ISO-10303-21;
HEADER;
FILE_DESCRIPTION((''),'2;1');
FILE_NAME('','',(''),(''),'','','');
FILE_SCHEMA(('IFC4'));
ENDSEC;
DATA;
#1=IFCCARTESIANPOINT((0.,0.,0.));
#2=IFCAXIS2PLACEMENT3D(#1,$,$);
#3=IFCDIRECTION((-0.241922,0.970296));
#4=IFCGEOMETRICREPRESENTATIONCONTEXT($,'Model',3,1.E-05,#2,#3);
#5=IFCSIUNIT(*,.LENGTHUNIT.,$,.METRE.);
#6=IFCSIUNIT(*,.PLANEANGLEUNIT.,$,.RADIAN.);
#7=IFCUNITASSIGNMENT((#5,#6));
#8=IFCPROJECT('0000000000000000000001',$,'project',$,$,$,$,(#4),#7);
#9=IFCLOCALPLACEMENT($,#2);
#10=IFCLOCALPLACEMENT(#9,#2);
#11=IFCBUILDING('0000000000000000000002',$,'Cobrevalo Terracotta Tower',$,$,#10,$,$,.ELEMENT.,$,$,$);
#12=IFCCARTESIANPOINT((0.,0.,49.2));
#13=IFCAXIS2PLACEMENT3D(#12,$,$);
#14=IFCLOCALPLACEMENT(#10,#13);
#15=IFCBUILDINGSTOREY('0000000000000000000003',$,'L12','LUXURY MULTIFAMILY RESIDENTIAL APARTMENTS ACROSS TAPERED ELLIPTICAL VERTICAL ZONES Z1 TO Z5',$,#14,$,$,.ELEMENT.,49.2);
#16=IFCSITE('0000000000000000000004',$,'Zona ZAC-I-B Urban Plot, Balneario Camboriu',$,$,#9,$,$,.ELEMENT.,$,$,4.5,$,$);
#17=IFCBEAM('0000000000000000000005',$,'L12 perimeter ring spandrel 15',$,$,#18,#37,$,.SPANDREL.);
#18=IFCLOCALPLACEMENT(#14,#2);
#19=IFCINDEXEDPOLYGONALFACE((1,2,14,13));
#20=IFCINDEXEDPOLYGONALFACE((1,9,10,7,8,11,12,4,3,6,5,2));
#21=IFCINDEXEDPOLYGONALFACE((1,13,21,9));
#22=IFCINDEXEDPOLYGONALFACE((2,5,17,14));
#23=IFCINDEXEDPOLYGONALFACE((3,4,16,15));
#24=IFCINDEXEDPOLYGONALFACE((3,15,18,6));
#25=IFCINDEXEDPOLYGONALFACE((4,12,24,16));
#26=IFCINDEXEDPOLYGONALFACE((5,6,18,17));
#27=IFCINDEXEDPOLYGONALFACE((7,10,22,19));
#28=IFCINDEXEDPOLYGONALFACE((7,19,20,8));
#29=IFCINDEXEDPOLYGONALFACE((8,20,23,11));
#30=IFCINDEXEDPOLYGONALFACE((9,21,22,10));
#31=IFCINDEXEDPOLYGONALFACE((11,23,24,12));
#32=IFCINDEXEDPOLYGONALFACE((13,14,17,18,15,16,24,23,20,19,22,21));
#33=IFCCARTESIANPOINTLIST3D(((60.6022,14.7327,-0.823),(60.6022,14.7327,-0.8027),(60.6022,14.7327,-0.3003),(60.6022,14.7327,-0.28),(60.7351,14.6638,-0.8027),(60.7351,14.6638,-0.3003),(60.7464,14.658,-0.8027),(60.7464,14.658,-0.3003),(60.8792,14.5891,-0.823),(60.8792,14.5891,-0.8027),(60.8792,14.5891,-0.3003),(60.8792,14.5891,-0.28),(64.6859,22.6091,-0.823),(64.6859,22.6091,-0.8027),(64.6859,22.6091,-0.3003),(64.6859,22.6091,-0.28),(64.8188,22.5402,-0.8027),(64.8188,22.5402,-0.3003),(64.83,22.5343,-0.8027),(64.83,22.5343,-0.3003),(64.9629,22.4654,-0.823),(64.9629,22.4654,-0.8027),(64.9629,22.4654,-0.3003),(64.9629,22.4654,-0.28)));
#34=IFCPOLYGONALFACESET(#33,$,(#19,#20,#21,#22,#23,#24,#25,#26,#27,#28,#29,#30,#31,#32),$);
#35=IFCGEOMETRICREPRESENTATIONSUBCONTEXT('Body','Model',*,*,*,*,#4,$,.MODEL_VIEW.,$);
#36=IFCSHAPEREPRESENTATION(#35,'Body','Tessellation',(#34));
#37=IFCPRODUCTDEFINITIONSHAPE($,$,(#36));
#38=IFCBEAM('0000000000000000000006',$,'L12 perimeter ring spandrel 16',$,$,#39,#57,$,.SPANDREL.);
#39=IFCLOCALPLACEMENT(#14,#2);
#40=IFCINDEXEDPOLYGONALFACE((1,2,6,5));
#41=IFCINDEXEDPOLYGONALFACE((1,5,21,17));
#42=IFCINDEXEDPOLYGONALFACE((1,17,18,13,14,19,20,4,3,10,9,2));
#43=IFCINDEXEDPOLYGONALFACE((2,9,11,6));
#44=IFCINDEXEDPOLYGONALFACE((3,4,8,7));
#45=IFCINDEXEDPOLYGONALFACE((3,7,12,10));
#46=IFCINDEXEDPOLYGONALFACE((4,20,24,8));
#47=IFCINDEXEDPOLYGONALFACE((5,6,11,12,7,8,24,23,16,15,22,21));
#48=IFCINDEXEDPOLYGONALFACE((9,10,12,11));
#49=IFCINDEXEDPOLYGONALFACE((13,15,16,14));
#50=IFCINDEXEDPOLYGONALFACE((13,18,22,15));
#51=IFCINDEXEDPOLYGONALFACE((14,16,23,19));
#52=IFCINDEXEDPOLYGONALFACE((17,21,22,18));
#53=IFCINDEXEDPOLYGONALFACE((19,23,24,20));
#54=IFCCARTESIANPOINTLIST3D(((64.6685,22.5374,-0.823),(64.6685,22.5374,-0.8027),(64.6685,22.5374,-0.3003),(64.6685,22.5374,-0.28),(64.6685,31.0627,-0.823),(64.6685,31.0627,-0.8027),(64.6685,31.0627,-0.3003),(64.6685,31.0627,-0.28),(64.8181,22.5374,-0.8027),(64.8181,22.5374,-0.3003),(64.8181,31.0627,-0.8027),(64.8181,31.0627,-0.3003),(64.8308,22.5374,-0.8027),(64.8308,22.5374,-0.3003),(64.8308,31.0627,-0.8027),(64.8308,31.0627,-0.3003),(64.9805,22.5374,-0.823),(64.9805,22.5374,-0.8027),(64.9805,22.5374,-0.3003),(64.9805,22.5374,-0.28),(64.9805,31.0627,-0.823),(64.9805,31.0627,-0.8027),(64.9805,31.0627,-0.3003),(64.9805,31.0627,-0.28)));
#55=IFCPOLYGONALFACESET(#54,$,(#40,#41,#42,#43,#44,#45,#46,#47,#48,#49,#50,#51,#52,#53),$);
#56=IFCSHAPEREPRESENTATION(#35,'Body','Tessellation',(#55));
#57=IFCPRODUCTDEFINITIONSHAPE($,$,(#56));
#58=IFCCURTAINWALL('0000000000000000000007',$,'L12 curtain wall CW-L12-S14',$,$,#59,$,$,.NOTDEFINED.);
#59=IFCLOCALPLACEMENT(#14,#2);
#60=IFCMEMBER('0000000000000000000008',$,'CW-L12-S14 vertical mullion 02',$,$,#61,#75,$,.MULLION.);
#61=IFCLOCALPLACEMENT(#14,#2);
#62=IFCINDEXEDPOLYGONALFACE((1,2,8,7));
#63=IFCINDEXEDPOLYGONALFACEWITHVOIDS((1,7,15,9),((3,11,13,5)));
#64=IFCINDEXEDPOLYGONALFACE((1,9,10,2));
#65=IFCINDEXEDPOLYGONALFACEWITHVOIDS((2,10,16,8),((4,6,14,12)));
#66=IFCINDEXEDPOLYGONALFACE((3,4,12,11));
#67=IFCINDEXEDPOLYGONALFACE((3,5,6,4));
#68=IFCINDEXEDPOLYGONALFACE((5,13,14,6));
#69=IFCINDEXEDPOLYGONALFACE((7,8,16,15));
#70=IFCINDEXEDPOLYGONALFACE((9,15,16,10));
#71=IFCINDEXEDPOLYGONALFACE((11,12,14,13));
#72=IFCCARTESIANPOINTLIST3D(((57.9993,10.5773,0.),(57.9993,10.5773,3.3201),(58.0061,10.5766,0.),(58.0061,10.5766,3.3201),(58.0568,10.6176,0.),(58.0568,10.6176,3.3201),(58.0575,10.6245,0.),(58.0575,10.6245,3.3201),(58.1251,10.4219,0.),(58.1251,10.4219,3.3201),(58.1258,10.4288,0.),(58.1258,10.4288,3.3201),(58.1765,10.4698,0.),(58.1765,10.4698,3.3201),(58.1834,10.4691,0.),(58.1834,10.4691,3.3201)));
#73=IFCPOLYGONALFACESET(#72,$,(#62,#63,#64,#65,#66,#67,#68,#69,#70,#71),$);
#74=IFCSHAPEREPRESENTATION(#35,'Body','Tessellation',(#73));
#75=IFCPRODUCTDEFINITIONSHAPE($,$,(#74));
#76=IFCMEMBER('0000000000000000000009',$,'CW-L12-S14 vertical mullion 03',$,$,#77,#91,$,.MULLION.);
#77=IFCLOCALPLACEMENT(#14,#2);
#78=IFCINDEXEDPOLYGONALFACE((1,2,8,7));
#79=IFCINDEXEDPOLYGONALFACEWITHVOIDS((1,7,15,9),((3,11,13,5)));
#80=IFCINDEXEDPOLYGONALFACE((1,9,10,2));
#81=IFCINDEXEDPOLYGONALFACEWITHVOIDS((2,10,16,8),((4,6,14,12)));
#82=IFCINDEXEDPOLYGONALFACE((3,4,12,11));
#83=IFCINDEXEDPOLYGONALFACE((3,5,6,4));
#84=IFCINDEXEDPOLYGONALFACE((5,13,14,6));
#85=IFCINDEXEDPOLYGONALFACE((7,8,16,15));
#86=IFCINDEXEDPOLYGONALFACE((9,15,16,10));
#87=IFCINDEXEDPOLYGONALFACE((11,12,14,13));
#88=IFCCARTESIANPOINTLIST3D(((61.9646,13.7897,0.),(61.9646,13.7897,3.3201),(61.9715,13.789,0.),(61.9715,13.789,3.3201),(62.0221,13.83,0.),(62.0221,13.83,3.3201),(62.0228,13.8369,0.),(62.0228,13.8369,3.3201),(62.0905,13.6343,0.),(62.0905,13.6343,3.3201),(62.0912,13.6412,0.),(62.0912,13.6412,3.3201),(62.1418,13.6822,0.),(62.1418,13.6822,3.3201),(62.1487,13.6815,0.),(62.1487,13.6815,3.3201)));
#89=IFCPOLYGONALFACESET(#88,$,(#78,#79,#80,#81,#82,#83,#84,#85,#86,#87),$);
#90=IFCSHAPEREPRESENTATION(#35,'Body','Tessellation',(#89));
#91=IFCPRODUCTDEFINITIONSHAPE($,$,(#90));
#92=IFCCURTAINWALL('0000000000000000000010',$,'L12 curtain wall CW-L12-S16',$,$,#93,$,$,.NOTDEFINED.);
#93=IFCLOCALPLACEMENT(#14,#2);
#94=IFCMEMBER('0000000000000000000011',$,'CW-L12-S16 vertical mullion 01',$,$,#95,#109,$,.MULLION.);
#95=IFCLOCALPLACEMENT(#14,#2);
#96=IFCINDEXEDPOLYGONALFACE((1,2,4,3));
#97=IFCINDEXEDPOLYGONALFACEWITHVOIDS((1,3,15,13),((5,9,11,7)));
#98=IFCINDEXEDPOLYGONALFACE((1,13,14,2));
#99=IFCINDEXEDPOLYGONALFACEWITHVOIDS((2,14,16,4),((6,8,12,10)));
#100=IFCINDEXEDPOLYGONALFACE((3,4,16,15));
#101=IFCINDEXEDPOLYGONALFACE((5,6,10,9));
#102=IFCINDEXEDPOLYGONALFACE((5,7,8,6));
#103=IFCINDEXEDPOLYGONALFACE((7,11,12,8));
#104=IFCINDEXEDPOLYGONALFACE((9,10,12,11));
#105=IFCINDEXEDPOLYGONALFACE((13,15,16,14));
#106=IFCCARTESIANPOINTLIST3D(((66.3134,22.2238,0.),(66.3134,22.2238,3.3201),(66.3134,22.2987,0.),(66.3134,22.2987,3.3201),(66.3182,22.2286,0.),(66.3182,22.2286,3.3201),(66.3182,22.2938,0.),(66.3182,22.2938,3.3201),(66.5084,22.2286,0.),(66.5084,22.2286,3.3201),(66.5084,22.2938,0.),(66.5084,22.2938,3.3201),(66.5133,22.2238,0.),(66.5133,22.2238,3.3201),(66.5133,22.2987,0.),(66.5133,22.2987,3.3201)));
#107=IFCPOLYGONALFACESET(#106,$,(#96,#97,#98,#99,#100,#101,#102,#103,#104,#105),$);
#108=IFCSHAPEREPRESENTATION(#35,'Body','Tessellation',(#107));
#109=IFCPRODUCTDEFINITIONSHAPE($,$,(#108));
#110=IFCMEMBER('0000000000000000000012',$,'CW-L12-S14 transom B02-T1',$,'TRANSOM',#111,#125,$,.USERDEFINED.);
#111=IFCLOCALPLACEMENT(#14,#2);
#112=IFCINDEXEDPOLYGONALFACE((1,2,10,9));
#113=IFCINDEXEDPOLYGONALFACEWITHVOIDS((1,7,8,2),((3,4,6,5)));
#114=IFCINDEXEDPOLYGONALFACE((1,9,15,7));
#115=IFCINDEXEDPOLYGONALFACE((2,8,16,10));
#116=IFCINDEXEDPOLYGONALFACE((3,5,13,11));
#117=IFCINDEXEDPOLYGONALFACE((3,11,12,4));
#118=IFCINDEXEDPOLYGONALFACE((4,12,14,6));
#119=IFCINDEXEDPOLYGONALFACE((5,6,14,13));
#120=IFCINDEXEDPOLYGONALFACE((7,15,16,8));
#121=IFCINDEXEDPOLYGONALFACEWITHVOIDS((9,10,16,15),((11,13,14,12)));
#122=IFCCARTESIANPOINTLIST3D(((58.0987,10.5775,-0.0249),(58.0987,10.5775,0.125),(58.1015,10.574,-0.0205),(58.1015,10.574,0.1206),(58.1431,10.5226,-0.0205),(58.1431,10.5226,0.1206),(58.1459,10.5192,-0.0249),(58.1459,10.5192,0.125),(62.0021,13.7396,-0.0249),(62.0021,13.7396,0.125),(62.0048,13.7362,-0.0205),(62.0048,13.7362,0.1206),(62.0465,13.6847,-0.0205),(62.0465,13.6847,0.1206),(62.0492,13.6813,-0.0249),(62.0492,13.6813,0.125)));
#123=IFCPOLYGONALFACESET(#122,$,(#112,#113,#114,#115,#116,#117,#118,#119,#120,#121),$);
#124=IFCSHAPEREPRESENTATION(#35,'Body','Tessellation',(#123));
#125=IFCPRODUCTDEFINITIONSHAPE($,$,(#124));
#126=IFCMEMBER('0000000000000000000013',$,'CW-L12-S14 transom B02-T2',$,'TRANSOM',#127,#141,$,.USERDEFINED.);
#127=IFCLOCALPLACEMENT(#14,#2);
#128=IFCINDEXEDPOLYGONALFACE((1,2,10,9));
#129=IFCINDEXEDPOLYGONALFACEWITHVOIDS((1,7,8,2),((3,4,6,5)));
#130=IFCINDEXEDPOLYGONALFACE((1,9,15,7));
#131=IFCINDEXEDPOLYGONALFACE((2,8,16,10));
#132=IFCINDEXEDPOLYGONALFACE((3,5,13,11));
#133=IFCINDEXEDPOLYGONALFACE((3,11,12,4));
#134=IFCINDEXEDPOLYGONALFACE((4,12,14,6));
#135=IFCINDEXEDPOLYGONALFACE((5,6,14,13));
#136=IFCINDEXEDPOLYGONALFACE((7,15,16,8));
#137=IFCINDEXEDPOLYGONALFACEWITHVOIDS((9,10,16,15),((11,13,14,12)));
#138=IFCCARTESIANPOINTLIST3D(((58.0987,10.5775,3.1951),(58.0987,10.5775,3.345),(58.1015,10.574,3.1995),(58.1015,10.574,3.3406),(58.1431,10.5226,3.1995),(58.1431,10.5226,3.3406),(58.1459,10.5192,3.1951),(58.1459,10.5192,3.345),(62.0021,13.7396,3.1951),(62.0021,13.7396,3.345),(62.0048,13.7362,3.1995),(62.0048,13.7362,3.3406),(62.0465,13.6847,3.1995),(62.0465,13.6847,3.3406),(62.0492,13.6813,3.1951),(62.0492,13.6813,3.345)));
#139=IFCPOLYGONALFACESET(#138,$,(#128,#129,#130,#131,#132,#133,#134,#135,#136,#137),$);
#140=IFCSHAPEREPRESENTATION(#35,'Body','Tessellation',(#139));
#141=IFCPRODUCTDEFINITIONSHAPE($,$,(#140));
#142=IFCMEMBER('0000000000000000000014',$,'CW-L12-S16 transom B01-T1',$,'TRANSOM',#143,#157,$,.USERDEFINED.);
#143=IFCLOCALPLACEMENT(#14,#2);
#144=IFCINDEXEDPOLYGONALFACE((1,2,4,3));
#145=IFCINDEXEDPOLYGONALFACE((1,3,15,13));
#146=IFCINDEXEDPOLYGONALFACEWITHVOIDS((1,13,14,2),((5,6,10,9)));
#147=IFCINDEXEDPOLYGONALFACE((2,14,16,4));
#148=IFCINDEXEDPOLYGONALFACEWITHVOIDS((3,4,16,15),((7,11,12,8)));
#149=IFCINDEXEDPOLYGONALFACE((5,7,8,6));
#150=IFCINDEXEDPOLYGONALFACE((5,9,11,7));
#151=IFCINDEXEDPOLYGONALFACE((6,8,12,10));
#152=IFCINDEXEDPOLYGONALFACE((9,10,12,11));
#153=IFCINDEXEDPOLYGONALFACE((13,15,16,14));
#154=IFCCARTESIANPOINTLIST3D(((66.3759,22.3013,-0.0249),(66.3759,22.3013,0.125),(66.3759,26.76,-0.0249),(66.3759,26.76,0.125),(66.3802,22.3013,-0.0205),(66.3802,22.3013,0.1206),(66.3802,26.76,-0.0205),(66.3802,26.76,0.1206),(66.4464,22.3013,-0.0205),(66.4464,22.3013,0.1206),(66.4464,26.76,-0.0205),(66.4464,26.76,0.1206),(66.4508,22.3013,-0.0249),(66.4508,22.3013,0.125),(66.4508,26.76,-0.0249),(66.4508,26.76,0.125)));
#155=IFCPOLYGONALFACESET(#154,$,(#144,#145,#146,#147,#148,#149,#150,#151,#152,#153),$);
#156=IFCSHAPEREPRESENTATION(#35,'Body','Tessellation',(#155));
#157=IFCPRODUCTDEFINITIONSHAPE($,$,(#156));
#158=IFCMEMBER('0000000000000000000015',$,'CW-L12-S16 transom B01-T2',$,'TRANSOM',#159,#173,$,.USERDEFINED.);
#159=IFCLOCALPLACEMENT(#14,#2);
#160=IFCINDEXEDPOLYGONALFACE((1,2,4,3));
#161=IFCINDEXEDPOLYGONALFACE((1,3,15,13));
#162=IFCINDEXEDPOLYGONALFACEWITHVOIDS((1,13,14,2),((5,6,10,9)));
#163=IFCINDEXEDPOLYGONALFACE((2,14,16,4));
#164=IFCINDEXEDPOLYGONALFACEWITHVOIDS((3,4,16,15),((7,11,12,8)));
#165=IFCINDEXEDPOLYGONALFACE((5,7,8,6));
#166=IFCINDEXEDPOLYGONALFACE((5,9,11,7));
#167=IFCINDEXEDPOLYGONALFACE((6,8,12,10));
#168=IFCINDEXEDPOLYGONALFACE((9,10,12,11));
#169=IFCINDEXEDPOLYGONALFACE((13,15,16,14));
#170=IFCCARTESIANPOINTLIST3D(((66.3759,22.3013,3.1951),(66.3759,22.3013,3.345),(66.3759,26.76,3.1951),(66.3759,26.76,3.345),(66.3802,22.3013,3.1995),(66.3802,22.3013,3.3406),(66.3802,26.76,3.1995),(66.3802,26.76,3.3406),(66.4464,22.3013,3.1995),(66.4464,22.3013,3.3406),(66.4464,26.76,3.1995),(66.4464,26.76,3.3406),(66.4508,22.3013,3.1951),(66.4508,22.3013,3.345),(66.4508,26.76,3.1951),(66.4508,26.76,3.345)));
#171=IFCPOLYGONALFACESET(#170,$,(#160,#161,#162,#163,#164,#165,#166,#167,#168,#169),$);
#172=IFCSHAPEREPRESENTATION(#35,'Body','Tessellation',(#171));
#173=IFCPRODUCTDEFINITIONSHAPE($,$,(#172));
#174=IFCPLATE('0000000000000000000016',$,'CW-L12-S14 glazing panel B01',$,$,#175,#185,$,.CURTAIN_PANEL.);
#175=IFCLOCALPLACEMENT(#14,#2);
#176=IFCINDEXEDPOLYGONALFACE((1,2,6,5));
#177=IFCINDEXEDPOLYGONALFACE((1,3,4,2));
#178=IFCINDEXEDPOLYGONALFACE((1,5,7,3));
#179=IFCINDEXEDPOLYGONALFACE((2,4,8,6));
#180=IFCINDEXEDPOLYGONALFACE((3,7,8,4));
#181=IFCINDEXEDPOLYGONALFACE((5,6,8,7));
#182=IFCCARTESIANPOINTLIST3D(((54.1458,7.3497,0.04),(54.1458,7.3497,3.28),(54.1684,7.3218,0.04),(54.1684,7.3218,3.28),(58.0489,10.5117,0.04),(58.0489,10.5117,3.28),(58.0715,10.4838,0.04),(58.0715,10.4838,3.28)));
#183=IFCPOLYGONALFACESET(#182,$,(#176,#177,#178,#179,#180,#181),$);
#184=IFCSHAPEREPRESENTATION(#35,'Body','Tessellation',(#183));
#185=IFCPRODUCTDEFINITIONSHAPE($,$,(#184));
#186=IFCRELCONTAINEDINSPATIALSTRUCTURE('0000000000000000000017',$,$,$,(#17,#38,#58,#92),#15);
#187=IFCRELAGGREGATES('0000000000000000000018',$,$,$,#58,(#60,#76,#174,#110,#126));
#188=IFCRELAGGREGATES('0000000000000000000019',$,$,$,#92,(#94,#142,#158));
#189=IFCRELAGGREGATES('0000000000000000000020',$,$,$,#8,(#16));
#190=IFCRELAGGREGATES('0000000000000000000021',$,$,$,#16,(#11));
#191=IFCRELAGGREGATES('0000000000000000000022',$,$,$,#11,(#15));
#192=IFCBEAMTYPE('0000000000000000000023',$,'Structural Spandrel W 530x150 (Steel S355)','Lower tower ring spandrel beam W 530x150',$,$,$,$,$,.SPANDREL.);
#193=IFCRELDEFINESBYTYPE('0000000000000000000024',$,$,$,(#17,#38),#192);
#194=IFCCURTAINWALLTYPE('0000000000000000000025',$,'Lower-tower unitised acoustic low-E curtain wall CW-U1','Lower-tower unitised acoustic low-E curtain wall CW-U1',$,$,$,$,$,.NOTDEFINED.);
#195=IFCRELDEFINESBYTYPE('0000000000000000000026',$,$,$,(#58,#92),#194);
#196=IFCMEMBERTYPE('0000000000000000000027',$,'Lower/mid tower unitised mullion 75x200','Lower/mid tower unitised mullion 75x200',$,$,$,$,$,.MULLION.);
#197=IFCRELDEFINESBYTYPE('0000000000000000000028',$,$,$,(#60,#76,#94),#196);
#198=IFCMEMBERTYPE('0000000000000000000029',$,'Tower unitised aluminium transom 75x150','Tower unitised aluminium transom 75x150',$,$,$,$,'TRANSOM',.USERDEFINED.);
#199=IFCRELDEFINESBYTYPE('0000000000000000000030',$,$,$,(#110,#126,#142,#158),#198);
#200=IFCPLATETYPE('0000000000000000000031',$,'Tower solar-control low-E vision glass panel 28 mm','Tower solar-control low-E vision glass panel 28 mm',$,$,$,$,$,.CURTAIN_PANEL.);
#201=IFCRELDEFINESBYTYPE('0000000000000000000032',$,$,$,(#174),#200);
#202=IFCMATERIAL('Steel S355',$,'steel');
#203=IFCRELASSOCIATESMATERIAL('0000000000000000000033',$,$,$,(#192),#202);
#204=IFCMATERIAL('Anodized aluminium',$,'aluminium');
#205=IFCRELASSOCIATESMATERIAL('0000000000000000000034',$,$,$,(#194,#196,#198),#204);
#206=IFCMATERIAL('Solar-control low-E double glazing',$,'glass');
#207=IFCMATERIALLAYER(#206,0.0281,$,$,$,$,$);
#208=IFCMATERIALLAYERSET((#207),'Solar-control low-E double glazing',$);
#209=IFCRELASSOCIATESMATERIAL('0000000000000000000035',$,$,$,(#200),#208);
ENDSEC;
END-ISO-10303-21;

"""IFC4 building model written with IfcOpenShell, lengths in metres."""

from ifc_helpers import new_model, si_unit, direction, frame, origin, origin_2d, place, context, subcontext, project, spatial, rectangle, hollow_rectangle, i_section, extrude, source, transform, mapped, material, layer, layer_set, material_profile, profile_set, type_object, element, aggregate, save


model = new_model("IFC4")

# Units and contexts
model_context = context("Model", 3, precision=1e-05, world=origin(), true_north=direction((-0.241922, 0.970296)))
body_context = subcontext(model_context, "Body", "Model", "MODEL_VIEW")
ifc_project = project(units=[si_unit("LENGTHUNIT", "METRE"), si_unit("PLANEANGLEUNIT", "RADIAN")], contexts=[model_context])

# Site, building, storey
site_placement = place(None, origin())
site = spatial("IfcSite", under=ifc_project, at=site_placement, Name="Zona ZAC-I-B Urban Plot, Balneario Camboriu", CompositionType="ELEMENT", RefElevation=4.5)
building_placement = place(site_placement, origin())
building = spatial("IfcBuilding", under=site, at=building_placement, Name="Cobrevalo Terracotta Tower", CompositionType="ELEMENT")
storey_placement = place(building_placement, frame((0.0, 0.0, 49.2)))
storey = spatial("IfcBuildingStorey", under=building, at=storey_placement, Name="L12", Description="LUXURY MULTIFAMILY RESIDENTIAL APARTMENTS ACROSS TAPERED ELLIPTICAL VERTICAL ZONES Z1 TO Z5", CompositionType="ELEMENT", Elevation=49.2)

# Shared definitions
ifc_material_1 = material(Name="Steel S355", Category="steel")

# Beams
ifc_material_profile_1 = material_profile(ifc_material_1, i_section(OverallWidth=0.312, OverallDepth=0.543, WebThickness=0.0127, FlangeThickness=0.0203, at=origin_2d()), Name="W 530x150")
ifc_profile_set_1 = profile_set([ifc_material_profile_1], Name="Steel S355")
beam_type_1 = type_object("IfcBeamType", Name="Structural Spandrel W 530x150 (Steel S355)", Description="Lower tower ring spandrel beam W 530x150", PredefinedType="SPANDREL", material=ifc_profile_set_1)
beam_1_placement = place(storey_placement, frame((60.7407, 14.6609, -0.5515), z_axis=(0.460286, 0.887771, 0.0), x_axis=(-0.887771, 0.460286, 0.0)))
element("IfcBeam", 1, at=beam_1_placement, inside=storey, type_object=beam_type_1, Name="L12 perimeter ring spandrel 15", PredefinedType="SPANDREL", context=body_context, shape_type="SweptSolid", body=[
    extrude(i_section(OverallWidth=0.312, OverallDepth=0.543, WebThickness=0.0127, FlangeThickness=0.0203, at=origin_2d()), origin(), (0.0, 0.0, 1.0), 8.8721),
])
beam_2_placement = place(storey_placement, frame((64.8245, 22.5374, -0.5515), z_axis=(0.0, 1.0, 0.0), x_axis=(-1.0, 0.0, 0.0)))
element("IfcBeam", 2, at=beam_2_placement, inside=storey, type_object=beam_type_1, Name="L12 perimeter ring spandrel 16", PredefinedType="SPANDREL", context=body_context, shape_type="SweptSolid", body=[
    extrude(i_section(OverallWidth=0.312, OverallDepth=0.543, WebThickness=0.0127, FlangeThickness=0.0203, at=origin_2d()), origin(), (0.0, 0.0, 1.0), 8.5254),
])

# Curtain wall, members
ifc_material_2 = material(Name="Anodized aluminium", Category="aluminium")
curtain_wall_type = type_object("IfcCurtainWallType", Name="Lower-tower unitised acoustic low-E curtain wall CW-U1", Description="Lower-tower unitised acoustic low-E curtain wall CW-U1", PredefinedType="NOTDEFINED", material=ifc_material_2)
curtain_wall_1_placement = place(storey_placement, origin())
curtain_wall_1 = element("IfcCurtainWall", 3, at=curtain_wall_1_placement, inside=storey, type_object=curtain_wall_type, Name="L12 curtain wall CW-L12-S14", PredefinedType="NOTDEFINED")
ifc_material_profile_2 = material_profile(ifc_material_2, hollow_rectangle(XDim=0.075, YDim=0.2, WallThickness=0.0049, at=origin_2d()), Name="CWM 75x200")
ifc_profile_set_2 = profile_set([ifc_material_profile_2], Name="Anodized aluminium")
member_type_1 = type_object("IfcMemberType", Name="Lower/mid tower unitised mullion 75x200", Description="Lower/mid tower unitised mullion 75x200", PredefinedType="MULLION", material=ifc_profile_set_2)
shared_shape_1 = source(origin(), body_context, "Body", "SweptSolid", [
    extrude(hollow_rectangle(XDim=0.075, YDim=0.2, WallThickness=0.0049, at=origin_2d()), origin(), (0.0, 0.0, 1.0), 3.3201),
])
member_1_placement = place(storey_placement, frame((58.0913, 10.5232, 0.0), z_axis=(0.0, 0.0, 1.0), x_axis=(0.777003, 0.629497, 0.0)))
member_1 = element("IfcMember", 4, at=member_1_placement, type_object=member_type_1, Name="CW-L12-S14 vertical mullion 02", PredefinedType="MULLION", context=body_context, shape_type="MappedRepresentation", body=[
    mapped(shared_shape_1, transform((0.0, 0.0, 0.0), scale=1.0)),
])
member_2_placement = place(storey_placement, frame((62.0566, 13.7356, 0.0), z_axis=(0.0, 0.0, 1.0), x_axis=(0.777003, 0.629497, 0.0)))
member_2 = element("IfcMember", 5, at=member_2_placement, type_object=member_type_1, Name="CW-L12-S14 vertical mullion 03", PredefinedType="MULLION", context=body_context, shape_type="MappedRepresentation", body=[
    mapped(shared_shape_1, transform((0.0, 0.0, 0.0), scale=1.0)),
])

# Curtain wall, member
curtain_wall_2_placement = place(storey_placement, origin())
curtain_wall_2 = element("IfcCurtainWall", 6, at=curtain_wall_2_placement, inside=storey, type_object=curtain_wall_type, Name="L12 curtain wall CW-L12-S16", PredefinedType="NOTDEFINED")
member_3_placement = place(storey_placement, frame((66.4133, 22.2612, 0.0), z_axis=(0.0, 0.0, 1.0), x_axis=(0.0, 1.0, 0.0)))
member_3 = element("IfcMember", 7, at=member_3_placement, type_object=member_type_1, Name="CW-L12-S16 vertical mullion 01", PredefinedType="MULLION", context=body_context, shape_type="MappedRepresentation", body=[
    mapped(shared_shape_1, transform((0.0, 0.0, 0.0), scale=1.0)),
])

# Members
ifc_material_profile_3 = material_profile(ifc_material_2, hollow_rectangle(XDim=0.075, YDim=0.1499, WallThickness=0.0044, at=origin_2d()), Name="CWT 75x150")
ifc_profile_set_3 = profile_set([ifc_material_profile_3], Name="Anodized aluminium")
member_type_2 = type_object("IfcMemberType", Name="Tower unitised aluminium transom 75x150", Description="Tower unitised aluminium transom 75x150", ElementType="TRANSOM", PredefinedType="USERDEFINED", material=ifc_profile_set_3)
shared_shape_2 = source(origin(), body_context, "Body", "SweptSolid", [
    extrude(hollow_rectangle(XDim=0.075, YDim=0.1499, WallThickness=0.0044, at=origin_2d()), origin(), (0.0, 0.0, 1.0), 5.0234),
])
member_4_placement = place(storey_placement, frame((58.1223, 10.5483, 0.05), z_axis=(0.777023, 0.629472, 0.0), x_axis=(-0.629472, 0.777023, 0.0)))
member_4 = element("IfcMember", 8, at=member_4_placement, type_object=member_type_2, Name="CW-L12-S14 transom B02-T1", ObjectType="TRANSOM", PredefinedType="USERDEFINED", context=body_context, shape_type="MappedRepresentation", body=[
    mapped(shared_shape_2, transform((0.0, 0.0, 0.0), scale=1.0)),
])
member_5_placement = place(storey_placement, frame((58.1223, 10.5483, 3.27), z_axis=(0.777023, 0.629472, 0.0), x_axis=(-0.629472, 0.777023, 0.0)))
member_5 = element("IfcMember", 9, at=member_5_placement, type_object=member_type_2, Name="CW-L12-S14 transom B02-T2", ObjectType="TRANSOM", PredefinedType="USERDEFINED", context=body_context, shape_type="MappedRepresentation", body=[
    mapped(shared_shape_2, transform((0.0, 0.0, 0.0), scale=1.0)),
])
shared_shape_3 = source(origin(), body_context, "Body", "SweptSolid", [
    extrude(hollow_rectangle(XDim=0.075, YDim=0.1499, WallThickness=0.0044, at=origin_2d()), origin(), (0.0, 0.0, 1.0), 4.4587),
])
member_6_placement = place(storey_placement, frame((66.4133, 22.3013, 0.05), z_axis=(0.0, 1.0, 0.0), x_axis=(-1.0, 0.0, 0.0)))
member_6 = element("IfcMember", 10, at=member_6_placement, type_object=member_type_2, Name="CW-L12-S16 transom B01-T1", ObjectType="TRANSOM", PredefinedType="USERDEFINED", context=body_context, shape_type="MappedRepresentation", body=[
    mapped(shared_shape_3, transform((0.0, 0.0, 0.0), scale=1.0)),
])
member_7_placement = place(storey_placement, frame((66.4133, 22.3013, 3.27), z_axis=(0.0, 1.0, 0.0), x_axis=(-1.0, 0.0, 0.0)))
member_7 = element("IfcMember", 11, at=member_7_placement, type_object=member_type_2, Name="CW-L12-S16 transom B01-T2", ObjectType="TRANSOM", PredefinedType="USERDEFINED", context=body_context, shape_type="MappedRepresentation", body=[
    mapped(shared_shape_3, transform((0.0, 0.0, 0.0), scale=1.0)),
])

# Plate
ifc_material_3 = material(Name="Solar-control low-E double glazing", Category="glass")
ifc_layer_1 = layer(ifc_material_3, 0.0281)
ifc_layer_set_1 = layer_set([ifc_layer_1], Name="Solar-control low-E double glazing")
plate_type = type_object("IfcPlateType", Name="Tower solar-control low-E vision glass panel 28 mm", Description="Tower solar-control low-E vision glass panel 28 mm", PredefinedType="CURTAIN_PANEL", material=ifc_layer_set_1)
shared_shape_4 = source(origin(), body_context, "Body", "SweptSolid", [
    extrude(rectangle(XDim=5.0232, YDim=0.0359, at=origin_2d()), origin(), (0.0, 0.0, 1.0), 3.24),
])
plate_1_placement = place(storey_placement, frame((56.1086, 8.9167, 0.04), z_axis=(0.0, 0.0, 1.0), x_axis=(0.777008, 0.629491, 0.0)))
plate_1 = element("IfcPlate", 12, at=plate_1_placement, type_object=plate_type, Name="CW-L12-S14 glazing panel B01", PredefinedType="CURTAIN_PANEL", context=body_context, shape_type="MappedRepresentation", body=[
    mapped(shared_shape_4, transform((0.0, 0.0, 0.0), scale=1.0)),
])
aggregate(curtain_wall_1, [member_1, member_2, plate_1, member_4, member_5])
aggregate(curtain_wall_2, [member_3, member_6, member_7])

save(model, "model.ifc")
